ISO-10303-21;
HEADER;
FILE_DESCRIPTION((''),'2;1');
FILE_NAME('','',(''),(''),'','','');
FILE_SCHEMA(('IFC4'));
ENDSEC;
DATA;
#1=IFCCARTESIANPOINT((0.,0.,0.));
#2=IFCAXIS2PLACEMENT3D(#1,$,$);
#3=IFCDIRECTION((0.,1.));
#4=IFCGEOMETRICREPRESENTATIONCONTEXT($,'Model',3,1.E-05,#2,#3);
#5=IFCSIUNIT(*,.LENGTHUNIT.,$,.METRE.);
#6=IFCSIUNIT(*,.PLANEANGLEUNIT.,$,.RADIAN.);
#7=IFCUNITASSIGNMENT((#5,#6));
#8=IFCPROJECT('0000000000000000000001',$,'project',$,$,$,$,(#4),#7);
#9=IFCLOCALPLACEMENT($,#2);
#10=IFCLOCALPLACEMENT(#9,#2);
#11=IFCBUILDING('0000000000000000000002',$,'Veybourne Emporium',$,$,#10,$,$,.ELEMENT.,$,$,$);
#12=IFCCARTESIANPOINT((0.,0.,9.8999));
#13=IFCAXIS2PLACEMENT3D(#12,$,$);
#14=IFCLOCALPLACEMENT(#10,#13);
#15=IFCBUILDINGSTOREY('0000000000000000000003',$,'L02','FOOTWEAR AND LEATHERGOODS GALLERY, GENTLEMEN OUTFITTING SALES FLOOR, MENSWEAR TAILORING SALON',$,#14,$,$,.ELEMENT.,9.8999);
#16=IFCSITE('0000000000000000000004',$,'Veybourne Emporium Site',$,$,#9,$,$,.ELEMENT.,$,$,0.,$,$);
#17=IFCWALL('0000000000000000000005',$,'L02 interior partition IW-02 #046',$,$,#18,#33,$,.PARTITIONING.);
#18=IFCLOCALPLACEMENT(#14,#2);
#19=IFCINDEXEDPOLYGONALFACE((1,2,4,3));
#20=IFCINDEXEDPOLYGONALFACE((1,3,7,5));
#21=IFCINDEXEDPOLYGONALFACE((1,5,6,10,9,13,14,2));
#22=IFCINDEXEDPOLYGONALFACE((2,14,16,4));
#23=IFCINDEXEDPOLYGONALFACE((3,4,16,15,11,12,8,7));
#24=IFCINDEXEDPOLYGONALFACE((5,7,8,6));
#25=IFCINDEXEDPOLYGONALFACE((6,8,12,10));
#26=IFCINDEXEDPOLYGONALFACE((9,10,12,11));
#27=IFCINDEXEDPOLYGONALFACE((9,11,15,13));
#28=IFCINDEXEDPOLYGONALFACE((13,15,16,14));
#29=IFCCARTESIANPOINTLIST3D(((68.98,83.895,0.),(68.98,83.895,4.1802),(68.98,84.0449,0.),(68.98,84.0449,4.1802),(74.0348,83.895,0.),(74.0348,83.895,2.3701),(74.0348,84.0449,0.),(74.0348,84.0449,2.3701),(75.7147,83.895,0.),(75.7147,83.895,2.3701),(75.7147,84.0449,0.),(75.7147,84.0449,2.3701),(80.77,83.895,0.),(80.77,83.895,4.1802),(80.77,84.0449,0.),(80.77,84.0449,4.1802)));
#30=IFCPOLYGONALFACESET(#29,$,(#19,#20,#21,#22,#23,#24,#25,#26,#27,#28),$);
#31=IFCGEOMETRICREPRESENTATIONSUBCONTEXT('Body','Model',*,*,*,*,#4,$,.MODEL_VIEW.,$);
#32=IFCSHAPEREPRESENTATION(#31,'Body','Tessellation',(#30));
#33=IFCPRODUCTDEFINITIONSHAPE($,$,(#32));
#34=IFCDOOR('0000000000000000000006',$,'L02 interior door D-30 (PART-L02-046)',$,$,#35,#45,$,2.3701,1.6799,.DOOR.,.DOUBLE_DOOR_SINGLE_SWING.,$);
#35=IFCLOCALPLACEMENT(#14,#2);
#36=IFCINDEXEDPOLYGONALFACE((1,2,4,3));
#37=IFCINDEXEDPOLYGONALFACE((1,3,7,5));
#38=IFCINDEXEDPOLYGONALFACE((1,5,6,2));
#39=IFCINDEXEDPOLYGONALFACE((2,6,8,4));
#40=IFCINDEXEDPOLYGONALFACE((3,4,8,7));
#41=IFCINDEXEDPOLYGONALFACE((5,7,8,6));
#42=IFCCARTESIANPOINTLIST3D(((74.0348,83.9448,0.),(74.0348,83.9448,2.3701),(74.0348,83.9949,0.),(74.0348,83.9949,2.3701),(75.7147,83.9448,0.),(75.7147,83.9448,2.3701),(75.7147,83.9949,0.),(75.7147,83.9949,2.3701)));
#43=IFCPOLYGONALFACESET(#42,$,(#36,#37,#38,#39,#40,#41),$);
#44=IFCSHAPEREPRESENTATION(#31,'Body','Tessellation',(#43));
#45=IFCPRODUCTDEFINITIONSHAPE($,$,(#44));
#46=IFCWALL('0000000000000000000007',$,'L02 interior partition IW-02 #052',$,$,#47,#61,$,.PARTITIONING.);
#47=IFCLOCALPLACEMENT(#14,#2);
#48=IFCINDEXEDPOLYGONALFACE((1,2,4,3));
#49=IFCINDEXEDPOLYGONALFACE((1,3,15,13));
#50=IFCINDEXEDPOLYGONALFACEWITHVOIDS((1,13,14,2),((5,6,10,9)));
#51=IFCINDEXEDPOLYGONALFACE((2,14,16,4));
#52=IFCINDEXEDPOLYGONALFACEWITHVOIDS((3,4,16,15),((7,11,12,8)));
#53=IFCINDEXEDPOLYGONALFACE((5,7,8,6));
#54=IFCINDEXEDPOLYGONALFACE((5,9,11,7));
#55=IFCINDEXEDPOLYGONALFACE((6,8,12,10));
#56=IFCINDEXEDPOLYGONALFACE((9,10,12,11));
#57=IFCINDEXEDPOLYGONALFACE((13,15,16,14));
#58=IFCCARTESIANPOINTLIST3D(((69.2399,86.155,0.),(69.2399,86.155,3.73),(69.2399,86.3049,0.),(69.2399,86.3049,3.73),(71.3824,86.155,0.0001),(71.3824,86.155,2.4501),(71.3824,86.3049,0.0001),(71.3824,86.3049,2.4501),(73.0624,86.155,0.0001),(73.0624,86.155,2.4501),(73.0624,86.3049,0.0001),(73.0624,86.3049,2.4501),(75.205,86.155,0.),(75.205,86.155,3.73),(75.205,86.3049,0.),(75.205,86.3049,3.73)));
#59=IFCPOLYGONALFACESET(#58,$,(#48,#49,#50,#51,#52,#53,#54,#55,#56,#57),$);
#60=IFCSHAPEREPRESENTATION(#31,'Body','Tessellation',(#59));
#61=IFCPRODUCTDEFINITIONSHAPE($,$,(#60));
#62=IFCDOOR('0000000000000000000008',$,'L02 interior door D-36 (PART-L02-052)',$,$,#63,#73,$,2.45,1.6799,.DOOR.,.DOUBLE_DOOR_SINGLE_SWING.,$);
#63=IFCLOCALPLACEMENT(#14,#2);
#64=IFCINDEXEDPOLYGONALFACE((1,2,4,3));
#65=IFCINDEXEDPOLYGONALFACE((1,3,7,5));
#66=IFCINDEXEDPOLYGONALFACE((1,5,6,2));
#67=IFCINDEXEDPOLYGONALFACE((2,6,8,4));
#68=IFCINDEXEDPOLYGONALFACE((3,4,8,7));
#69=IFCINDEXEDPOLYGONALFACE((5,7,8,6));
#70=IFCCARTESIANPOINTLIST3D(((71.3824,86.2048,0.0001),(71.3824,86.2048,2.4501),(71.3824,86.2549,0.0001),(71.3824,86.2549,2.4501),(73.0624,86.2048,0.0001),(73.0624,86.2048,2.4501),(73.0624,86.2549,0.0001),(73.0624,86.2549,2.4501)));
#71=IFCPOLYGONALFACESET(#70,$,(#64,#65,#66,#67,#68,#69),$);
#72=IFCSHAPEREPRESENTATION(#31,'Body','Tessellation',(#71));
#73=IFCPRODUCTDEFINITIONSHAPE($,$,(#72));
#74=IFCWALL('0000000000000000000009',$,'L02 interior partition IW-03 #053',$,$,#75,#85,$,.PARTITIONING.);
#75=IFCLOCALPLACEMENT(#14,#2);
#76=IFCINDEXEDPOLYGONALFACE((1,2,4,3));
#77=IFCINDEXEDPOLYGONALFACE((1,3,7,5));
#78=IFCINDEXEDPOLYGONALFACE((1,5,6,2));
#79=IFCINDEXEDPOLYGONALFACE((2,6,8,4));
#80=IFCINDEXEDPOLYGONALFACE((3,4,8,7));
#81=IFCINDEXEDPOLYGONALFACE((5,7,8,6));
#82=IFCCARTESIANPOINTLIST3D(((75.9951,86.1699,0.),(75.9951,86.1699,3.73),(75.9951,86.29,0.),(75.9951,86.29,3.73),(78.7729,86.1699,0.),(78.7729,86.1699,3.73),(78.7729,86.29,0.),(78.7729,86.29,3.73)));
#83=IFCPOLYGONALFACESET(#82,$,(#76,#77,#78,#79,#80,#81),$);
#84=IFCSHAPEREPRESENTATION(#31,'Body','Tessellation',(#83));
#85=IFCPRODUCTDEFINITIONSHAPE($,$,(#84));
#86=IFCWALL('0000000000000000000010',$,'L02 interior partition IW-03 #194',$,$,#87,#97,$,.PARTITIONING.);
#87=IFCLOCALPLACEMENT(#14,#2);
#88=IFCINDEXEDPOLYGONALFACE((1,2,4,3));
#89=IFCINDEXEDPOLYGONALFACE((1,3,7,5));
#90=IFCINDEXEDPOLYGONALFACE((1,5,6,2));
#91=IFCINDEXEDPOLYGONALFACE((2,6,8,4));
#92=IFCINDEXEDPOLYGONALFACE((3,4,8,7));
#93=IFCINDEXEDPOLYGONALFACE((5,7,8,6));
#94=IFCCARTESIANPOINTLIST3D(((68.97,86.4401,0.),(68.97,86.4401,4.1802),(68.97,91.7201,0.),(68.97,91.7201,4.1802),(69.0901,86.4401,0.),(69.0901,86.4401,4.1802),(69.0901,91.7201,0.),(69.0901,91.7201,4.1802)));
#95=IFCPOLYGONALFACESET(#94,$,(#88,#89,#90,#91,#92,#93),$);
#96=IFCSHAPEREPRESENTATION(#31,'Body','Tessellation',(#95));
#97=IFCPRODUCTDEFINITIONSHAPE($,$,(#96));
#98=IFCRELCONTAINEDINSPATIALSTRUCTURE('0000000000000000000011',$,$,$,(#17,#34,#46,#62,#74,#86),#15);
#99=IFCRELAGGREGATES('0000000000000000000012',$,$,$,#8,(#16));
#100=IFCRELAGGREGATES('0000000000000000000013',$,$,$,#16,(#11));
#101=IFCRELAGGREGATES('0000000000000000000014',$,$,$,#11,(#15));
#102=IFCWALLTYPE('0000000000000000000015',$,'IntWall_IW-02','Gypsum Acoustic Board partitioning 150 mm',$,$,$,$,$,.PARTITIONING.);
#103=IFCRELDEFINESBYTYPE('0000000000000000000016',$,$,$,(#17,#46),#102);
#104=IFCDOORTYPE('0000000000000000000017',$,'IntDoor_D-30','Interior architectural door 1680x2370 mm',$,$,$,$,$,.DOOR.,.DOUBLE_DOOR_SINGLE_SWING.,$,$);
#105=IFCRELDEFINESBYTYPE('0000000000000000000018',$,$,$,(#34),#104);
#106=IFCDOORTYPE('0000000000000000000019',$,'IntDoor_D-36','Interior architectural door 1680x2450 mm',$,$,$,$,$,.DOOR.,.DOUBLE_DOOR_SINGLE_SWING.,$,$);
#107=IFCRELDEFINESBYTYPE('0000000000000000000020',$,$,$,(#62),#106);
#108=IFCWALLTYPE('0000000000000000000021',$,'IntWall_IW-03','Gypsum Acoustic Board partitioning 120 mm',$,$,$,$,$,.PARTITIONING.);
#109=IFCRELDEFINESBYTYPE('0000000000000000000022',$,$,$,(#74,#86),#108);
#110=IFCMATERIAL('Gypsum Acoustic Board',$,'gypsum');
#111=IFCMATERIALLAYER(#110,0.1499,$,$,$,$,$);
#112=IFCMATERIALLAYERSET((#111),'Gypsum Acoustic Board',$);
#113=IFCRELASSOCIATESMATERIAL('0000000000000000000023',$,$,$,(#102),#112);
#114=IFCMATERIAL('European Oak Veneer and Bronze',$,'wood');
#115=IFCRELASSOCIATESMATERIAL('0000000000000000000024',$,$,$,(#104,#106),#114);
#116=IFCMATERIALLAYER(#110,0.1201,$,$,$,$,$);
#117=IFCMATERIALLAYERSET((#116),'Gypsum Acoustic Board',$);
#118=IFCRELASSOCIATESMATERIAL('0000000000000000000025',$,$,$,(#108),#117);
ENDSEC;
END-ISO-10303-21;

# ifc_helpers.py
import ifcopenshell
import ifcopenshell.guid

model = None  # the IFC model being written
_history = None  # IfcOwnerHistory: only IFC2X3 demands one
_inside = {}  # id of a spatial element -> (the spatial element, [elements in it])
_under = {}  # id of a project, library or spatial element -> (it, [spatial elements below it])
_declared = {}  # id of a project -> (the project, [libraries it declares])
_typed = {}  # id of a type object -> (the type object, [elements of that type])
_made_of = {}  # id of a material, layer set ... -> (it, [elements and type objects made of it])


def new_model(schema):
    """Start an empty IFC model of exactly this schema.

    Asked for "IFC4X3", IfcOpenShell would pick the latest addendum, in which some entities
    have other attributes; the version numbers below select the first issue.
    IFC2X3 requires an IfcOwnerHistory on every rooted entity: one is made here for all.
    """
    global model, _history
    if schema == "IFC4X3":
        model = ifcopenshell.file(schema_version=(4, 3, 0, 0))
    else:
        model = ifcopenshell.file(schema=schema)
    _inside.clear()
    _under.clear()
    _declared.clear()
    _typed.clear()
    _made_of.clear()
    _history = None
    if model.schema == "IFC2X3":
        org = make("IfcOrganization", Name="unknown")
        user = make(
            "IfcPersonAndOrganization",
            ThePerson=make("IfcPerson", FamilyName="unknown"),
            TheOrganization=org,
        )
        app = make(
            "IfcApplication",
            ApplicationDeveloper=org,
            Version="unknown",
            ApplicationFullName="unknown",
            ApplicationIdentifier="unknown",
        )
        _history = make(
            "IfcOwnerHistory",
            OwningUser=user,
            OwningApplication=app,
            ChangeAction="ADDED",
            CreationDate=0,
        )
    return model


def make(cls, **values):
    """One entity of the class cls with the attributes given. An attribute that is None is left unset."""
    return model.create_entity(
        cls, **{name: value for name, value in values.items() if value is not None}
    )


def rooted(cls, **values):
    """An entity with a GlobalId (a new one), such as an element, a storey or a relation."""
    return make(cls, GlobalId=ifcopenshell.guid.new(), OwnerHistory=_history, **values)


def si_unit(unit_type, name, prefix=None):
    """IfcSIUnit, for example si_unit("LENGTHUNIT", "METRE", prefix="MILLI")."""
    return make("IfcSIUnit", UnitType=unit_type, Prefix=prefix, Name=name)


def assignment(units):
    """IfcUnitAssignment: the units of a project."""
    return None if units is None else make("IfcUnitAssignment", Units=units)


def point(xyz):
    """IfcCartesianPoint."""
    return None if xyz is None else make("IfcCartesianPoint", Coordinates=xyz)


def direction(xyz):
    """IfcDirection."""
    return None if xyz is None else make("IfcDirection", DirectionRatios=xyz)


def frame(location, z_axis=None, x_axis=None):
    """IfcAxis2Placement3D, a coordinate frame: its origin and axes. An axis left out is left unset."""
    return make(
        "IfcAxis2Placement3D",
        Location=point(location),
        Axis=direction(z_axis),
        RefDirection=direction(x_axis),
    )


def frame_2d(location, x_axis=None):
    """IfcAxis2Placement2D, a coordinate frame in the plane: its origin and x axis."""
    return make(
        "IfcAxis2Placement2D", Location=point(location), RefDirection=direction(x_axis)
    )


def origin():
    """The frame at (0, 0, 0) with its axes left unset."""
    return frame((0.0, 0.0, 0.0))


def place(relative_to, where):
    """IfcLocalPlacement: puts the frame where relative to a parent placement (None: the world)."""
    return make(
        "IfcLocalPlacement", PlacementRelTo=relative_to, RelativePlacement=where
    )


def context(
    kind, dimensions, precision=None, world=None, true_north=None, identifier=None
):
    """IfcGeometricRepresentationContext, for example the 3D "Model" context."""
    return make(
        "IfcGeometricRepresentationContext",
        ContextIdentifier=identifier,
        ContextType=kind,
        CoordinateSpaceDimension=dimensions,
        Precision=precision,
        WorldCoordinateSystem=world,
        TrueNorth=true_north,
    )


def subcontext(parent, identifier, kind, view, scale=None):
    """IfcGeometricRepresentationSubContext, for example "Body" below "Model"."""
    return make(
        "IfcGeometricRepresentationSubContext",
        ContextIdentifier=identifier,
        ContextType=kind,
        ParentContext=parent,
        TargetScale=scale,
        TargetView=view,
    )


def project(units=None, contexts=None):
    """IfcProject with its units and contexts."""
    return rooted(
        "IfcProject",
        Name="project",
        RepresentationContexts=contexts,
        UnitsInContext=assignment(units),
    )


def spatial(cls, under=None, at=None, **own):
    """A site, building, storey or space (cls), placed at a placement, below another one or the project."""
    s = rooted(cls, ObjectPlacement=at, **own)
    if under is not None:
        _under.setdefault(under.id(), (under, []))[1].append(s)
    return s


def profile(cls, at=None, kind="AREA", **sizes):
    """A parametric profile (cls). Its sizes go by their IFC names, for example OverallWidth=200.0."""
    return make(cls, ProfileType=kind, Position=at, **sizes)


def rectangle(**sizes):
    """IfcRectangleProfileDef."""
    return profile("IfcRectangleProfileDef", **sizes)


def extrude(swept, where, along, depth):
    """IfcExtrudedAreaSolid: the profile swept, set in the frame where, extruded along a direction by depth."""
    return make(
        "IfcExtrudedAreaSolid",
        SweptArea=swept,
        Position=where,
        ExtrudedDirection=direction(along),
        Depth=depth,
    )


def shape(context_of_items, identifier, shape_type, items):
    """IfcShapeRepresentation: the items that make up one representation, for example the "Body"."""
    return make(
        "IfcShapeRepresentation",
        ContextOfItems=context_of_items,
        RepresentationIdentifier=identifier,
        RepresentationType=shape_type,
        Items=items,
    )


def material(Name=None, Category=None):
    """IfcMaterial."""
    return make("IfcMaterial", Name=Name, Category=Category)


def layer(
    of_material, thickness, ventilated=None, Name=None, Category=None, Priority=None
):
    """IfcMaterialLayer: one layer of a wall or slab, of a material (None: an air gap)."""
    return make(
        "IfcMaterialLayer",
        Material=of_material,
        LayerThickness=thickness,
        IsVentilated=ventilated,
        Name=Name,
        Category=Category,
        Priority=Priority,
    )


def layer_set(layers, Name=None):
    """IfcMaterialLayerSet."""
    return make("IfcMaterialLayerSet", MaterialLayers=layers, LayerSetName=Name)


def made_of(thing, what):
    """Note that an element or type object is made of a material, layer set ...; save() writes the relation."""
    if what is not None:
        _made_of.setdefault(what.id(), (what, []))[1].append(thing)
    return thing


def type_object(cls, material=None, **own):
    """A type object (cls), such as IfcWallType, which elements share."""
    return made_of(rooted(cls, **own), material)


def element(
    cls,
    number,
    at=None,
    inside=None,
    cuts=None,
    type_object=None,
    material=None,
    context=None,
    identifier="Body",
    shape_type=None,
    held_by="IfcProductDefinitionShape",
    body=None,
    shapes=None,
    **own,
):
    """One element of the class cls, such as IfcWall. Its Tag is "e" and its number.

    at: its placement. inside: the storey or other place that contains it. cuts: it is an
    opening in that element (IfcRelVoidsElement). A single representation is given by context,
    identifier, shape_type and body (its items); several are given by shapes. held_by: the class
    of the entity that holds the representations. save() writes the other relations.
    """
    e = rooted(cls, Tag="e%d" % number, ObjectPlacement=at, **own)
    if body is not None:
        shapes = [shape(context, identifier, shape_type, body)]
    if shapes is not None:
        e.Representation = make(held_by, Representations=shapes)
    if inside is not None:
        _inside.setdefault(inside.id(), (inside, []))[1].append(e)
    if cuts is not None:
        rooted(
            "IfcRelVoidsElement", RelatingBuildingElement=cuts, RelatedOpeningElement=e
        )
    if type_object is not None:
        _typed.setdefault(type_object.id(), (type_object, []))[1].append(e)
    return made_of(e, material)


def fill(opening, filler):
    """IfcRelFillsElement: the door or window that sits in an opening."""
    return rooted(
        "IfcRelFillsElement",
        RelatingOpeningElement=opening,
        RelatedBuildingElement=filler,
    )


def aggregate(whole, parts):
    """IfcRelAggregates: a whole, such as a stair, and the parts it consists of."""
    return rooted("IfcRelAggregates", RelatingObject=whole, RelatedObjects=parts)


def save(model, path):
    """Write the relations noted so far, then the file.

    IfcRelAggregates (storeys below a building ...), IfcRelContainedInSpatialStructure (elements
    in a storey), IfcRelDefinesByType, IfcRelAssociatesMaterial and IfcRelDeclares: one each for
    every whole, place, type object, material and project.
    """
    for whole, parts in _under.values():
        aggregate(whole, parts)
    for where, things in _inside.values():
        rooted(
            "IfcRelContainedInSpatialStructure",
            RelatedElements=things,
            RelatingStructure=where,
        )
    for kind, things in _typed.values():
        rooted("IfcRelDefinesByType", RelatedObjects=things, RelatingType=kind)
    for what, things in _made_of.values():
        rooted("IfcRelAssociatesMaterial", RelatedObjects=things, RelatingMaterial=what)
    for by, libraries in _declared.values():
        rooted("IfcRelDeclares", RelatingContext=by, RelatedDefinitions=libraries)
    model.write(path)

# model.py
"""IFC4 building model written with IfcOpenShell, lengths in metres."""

from ifc_helpers import new_model, si_unit, direction, frame, frame_2d, origin, place, context, subcontext, project, spatial, rectangle, extrude, material, layer, layer_set, type_object, element, fill, save


model = new_model("IFC4")

# Units and contexts
model_context = context("Model", 3, precision=1e-05, world=origin(), true_north=direction((0.0, 1.0)))
body_context = subcontext(model_context, "Body", "Model", "MODEL_VIEW")
ifc_project = project(units=[si_unit("LENGTHUNIT", "METRE"), si_unit("PLANEANGLEUNIT", "RADIAN")], contexts=[model_context])

# Site, building, storey
site_placement = place(None, origin())
site = spatial("IfcSite", under=ifc_project, at=site_placement, Name="Veybourne Emporium Site", CompositionType="ELEMENT", RefElevation=0.0)
building_placement = place(site_placement, origin())
building = spatial("IfcBuilding", under=site, at=building_placement, Name="Veybourne Emporium", CompositionType="ELEMENT")
storey_placement = place(building_placement, frame((0.0, 0.0, 9.8999)))
storey = spatial("IfcBuildingStorey", under=building, at=storey_placement, Name="L02", Description="FOOTWEAR AND LEATHERGOODS GALLERY, GENTLEMEN OUTFITTING SALES FLOOR, MENSWEAR TAILORING SALON", CompositionType="ELEMENT", Elevation=9.8999)

# Shared definitions
ifc_material_1 = material(Name="Gypsum Acoustic Board", Category="gypsum")

# Shared definitions
ifc_material_2 = material(Name="European Oak Veneer and Bronze", Category="wood")

# Walls, openings, doors
ifc_layer_1 = layer(ifc_material_1, 0.1499)
ifc_layer_set_1 = layer_set([ifc_layer_1], Name="Gypsum Acoustic Board")
wall_type_1 = type_object("IfcWallType", Name="IntWall_IW-02", Description="Gypsum Acoustic Board partitioning 150 mm", PredefinedType="PARTITIONING", material=ifc_layer_set_1)
wall_1_placement = place(storey_placement, frame((68.98, 83.97, 0.0), z_axis=(0.0, 0.0, 1.0), x_axis=(1.0, 0.0, 0.0)))
wall_1 = element("IfcWall", 1, at=wall_1_placement, inside=storey, type_object=wall_type_1, Name="L02 interior partition IW-02 #046", PredefinedType="PARTITIONING", context=body_context, shape_type="SweptSolid", body=[
    extrude(rectangle(XDim=11.79, YDim=0.1499, at=frame_2d((5.895, 0.0))), origin(), (0.0, 0.0, 1.0), 4.1802),
])
opening_1_placement = place(wall_1_placement, frame((5.0549, 0.0, 0.0)))
opening_1 = element("IfcOpeningElement", 2, at=opening_1_placement, cuts=wall_1, PredefinedType="OPENING", context=body_context, shape_type="SweptSolid", body=[
    extrude(rectangle(XDim=1.6799, YDim=2.3701, at=frame_2d((0.8398, 1.1851))), frame((0.0, 0.095, 0.0), z_axis=(0.0, -1.0, 0.0), x_axis=(1.0, 0.0, 0.0)), (0.0, 0.0, 1.0), 0.1899),
])
door_type_1 = type_object("IfcDoorType", Name="IntDoor_D-30", Description="Interior architectural door 1680x2370 mm", OperationType="DOUBLE_DOOR_SINGLE_SWING", PredefinedType="DOOR", material=ifc_material_2)
door_1_placement = place(opening_1_placement, origin())
door_1 = element("IfcDoor", 3, at=door_1_placement, inside=storey, type_object=door_type_1, Name="L02 interior door D-30 (PART-L02-046)", OperationType="DOUBLE_DOOR_SINGLE_SWING", OverallHeight=2.3701, OverallWidth=1.6799, PredefinedType="DOOR", context=body_context, shape_type="SweptSolid", body=[
    extrude(rectangle(XDim=1.6799, YDim=2.3701, at=frame_2d((0.8398, 1.1851))), frame((0.0, 0.0249, 0.0), z_axis=(0.0, -1.0, 0.0), x_axis=(1.0, 0.0, 0.0)), (0.0, 0.0, 1.0), 0.05),
])
fill(opening_1, door_1)
wall_2_placement = place(storey_placement, frame((69.24, 86.23, 0.0), z_axis=(0.0, 0.0, 1.0), x_axis=(1.0, 0.0, 0.0)))
wall_2 = element("IfcWall", 4, at=wall_2_placement, inside=storey, type_object=wall_type_1, Name="L02 interior partition IW-02 #052", PredefinedType="PARTITIONING", context=body_context, shape_type="SweptSolid", body=[
    extrude(rectangle(XDim=5.9651, YDim=0.1499, at=frame_2d((2.9824, 0.0))), origin(), (0.0, 0.0, 1.0), 3.73),
])
opening_2_placement = place(wall_2_placement, frame((2.1426, 0.0, 0.0)))
opening_2 = element("IfcOpeningElement", 5, at=opening_2_placement, cuts=wall_2, PredefinedType="OPENING", context=body_context, shape_type="SweptSolid", body=[
    extrude(rectangle(XDim=1.6799, YDim=2.45, at=frame_2d((0.8398, 1.2251))), frame((0.0, 0.095, 0.0), z_axis=(0.0, -1.0, 0.0), x_axis=(1.0, 0.0, 0.0)), (0.0, 0.0, 1.0), 0.1899),
])
door_type_2 = type_object("IfcDoorType", Name="IntDoor_D-36", Description="Interior architectural door 1680x2450 mm", OperationType="DOUBLE_DOOR_SINGLE_SWING", PredefinedType="DOOR", material=ifc_material_2)
door_2_placement = place(opening_2_placement, origin())
door_2 = element("IfcDoor", 6, at=door_2_placement, inside=storey, type_object=door_type_2, Name="L02 interior door D-36 (PART-L02-052)", OperationType="DOUBLE_DOOR_SINGLE_SWING", OverallHeight=2.45, OverallWidth=1.6799, PredefinedType="DOOR", context=body_context, shape_type="SweptSolid", body=[
    extrude(rectangle(XDim=1.6799, YDim=2.45, at=frame_2d((0.8398, 1.2251))), frame((0.0, 0.0249, 0.0), z_axis=(0.0, -1.0, 0.0), x_axis=(1.0, 0.0, 0.0)), (0.0, 0.0, 1.0), 0.05),
])
fill(opening_2, door_2)

# Walls
ifc_layer_2 = layer(ifc_material_1, 0.1201)
ifc_layer_set_2 = layer_set([ifc_layer_2], Name="Gypsum Acoustic Board")
wall_type_2 = type_object("IfcWallType", Name="IntWall_IW-03", Description="Gypsum Acoustic Board partitioning 120 mm", PredefinedType="PARTITIONING", material=ifc_layer_set_2)
wall_3_placement = place(storey_placement, frame((75.9951, 86.23, 0.0), z_axis=(0.0, 0.0, 1.0), x_axis=(1.0, 0.0, 0.0)))
element("IfcWall", 7, at=wall_3_placement, inside=storey, type_object=wall_type_2, Name="L02 interior partition IW-03 #053", PredefinedType="PARTITIONING", context=body_context, shape_type="SweptSolid", body=[
    extrude(rectangle(XDim=2.7778, YDim=0.1201, at=frame_2d((1.3889, 0.0))), origin(), (0.0, 0.0, 1.0), 3.73),
])
wall_4_placement = place(storey_placement, frame((69.03, 86.4399, 0.0), z_axis=(0.0, 0.0, 1.0), x_axis=(0.0, 1.0, 0.0)))
element("IfcWall", 8, at=wall_4_placement, inside=storey, type_object=wall_type_2, Name="L02 interior partition IW-03 #194", PredefinedType="PARTITIONING", context=body_context, shape_type="SweptSolid", body=[
    extrude(rectangle(XDim=5.28, YDim=0.1201, at=frame_2d((2.6401, 0.0))), origin(), (0.0, 0.0, 1.0), 4.1802),
])

save(model, "model.ifc")
